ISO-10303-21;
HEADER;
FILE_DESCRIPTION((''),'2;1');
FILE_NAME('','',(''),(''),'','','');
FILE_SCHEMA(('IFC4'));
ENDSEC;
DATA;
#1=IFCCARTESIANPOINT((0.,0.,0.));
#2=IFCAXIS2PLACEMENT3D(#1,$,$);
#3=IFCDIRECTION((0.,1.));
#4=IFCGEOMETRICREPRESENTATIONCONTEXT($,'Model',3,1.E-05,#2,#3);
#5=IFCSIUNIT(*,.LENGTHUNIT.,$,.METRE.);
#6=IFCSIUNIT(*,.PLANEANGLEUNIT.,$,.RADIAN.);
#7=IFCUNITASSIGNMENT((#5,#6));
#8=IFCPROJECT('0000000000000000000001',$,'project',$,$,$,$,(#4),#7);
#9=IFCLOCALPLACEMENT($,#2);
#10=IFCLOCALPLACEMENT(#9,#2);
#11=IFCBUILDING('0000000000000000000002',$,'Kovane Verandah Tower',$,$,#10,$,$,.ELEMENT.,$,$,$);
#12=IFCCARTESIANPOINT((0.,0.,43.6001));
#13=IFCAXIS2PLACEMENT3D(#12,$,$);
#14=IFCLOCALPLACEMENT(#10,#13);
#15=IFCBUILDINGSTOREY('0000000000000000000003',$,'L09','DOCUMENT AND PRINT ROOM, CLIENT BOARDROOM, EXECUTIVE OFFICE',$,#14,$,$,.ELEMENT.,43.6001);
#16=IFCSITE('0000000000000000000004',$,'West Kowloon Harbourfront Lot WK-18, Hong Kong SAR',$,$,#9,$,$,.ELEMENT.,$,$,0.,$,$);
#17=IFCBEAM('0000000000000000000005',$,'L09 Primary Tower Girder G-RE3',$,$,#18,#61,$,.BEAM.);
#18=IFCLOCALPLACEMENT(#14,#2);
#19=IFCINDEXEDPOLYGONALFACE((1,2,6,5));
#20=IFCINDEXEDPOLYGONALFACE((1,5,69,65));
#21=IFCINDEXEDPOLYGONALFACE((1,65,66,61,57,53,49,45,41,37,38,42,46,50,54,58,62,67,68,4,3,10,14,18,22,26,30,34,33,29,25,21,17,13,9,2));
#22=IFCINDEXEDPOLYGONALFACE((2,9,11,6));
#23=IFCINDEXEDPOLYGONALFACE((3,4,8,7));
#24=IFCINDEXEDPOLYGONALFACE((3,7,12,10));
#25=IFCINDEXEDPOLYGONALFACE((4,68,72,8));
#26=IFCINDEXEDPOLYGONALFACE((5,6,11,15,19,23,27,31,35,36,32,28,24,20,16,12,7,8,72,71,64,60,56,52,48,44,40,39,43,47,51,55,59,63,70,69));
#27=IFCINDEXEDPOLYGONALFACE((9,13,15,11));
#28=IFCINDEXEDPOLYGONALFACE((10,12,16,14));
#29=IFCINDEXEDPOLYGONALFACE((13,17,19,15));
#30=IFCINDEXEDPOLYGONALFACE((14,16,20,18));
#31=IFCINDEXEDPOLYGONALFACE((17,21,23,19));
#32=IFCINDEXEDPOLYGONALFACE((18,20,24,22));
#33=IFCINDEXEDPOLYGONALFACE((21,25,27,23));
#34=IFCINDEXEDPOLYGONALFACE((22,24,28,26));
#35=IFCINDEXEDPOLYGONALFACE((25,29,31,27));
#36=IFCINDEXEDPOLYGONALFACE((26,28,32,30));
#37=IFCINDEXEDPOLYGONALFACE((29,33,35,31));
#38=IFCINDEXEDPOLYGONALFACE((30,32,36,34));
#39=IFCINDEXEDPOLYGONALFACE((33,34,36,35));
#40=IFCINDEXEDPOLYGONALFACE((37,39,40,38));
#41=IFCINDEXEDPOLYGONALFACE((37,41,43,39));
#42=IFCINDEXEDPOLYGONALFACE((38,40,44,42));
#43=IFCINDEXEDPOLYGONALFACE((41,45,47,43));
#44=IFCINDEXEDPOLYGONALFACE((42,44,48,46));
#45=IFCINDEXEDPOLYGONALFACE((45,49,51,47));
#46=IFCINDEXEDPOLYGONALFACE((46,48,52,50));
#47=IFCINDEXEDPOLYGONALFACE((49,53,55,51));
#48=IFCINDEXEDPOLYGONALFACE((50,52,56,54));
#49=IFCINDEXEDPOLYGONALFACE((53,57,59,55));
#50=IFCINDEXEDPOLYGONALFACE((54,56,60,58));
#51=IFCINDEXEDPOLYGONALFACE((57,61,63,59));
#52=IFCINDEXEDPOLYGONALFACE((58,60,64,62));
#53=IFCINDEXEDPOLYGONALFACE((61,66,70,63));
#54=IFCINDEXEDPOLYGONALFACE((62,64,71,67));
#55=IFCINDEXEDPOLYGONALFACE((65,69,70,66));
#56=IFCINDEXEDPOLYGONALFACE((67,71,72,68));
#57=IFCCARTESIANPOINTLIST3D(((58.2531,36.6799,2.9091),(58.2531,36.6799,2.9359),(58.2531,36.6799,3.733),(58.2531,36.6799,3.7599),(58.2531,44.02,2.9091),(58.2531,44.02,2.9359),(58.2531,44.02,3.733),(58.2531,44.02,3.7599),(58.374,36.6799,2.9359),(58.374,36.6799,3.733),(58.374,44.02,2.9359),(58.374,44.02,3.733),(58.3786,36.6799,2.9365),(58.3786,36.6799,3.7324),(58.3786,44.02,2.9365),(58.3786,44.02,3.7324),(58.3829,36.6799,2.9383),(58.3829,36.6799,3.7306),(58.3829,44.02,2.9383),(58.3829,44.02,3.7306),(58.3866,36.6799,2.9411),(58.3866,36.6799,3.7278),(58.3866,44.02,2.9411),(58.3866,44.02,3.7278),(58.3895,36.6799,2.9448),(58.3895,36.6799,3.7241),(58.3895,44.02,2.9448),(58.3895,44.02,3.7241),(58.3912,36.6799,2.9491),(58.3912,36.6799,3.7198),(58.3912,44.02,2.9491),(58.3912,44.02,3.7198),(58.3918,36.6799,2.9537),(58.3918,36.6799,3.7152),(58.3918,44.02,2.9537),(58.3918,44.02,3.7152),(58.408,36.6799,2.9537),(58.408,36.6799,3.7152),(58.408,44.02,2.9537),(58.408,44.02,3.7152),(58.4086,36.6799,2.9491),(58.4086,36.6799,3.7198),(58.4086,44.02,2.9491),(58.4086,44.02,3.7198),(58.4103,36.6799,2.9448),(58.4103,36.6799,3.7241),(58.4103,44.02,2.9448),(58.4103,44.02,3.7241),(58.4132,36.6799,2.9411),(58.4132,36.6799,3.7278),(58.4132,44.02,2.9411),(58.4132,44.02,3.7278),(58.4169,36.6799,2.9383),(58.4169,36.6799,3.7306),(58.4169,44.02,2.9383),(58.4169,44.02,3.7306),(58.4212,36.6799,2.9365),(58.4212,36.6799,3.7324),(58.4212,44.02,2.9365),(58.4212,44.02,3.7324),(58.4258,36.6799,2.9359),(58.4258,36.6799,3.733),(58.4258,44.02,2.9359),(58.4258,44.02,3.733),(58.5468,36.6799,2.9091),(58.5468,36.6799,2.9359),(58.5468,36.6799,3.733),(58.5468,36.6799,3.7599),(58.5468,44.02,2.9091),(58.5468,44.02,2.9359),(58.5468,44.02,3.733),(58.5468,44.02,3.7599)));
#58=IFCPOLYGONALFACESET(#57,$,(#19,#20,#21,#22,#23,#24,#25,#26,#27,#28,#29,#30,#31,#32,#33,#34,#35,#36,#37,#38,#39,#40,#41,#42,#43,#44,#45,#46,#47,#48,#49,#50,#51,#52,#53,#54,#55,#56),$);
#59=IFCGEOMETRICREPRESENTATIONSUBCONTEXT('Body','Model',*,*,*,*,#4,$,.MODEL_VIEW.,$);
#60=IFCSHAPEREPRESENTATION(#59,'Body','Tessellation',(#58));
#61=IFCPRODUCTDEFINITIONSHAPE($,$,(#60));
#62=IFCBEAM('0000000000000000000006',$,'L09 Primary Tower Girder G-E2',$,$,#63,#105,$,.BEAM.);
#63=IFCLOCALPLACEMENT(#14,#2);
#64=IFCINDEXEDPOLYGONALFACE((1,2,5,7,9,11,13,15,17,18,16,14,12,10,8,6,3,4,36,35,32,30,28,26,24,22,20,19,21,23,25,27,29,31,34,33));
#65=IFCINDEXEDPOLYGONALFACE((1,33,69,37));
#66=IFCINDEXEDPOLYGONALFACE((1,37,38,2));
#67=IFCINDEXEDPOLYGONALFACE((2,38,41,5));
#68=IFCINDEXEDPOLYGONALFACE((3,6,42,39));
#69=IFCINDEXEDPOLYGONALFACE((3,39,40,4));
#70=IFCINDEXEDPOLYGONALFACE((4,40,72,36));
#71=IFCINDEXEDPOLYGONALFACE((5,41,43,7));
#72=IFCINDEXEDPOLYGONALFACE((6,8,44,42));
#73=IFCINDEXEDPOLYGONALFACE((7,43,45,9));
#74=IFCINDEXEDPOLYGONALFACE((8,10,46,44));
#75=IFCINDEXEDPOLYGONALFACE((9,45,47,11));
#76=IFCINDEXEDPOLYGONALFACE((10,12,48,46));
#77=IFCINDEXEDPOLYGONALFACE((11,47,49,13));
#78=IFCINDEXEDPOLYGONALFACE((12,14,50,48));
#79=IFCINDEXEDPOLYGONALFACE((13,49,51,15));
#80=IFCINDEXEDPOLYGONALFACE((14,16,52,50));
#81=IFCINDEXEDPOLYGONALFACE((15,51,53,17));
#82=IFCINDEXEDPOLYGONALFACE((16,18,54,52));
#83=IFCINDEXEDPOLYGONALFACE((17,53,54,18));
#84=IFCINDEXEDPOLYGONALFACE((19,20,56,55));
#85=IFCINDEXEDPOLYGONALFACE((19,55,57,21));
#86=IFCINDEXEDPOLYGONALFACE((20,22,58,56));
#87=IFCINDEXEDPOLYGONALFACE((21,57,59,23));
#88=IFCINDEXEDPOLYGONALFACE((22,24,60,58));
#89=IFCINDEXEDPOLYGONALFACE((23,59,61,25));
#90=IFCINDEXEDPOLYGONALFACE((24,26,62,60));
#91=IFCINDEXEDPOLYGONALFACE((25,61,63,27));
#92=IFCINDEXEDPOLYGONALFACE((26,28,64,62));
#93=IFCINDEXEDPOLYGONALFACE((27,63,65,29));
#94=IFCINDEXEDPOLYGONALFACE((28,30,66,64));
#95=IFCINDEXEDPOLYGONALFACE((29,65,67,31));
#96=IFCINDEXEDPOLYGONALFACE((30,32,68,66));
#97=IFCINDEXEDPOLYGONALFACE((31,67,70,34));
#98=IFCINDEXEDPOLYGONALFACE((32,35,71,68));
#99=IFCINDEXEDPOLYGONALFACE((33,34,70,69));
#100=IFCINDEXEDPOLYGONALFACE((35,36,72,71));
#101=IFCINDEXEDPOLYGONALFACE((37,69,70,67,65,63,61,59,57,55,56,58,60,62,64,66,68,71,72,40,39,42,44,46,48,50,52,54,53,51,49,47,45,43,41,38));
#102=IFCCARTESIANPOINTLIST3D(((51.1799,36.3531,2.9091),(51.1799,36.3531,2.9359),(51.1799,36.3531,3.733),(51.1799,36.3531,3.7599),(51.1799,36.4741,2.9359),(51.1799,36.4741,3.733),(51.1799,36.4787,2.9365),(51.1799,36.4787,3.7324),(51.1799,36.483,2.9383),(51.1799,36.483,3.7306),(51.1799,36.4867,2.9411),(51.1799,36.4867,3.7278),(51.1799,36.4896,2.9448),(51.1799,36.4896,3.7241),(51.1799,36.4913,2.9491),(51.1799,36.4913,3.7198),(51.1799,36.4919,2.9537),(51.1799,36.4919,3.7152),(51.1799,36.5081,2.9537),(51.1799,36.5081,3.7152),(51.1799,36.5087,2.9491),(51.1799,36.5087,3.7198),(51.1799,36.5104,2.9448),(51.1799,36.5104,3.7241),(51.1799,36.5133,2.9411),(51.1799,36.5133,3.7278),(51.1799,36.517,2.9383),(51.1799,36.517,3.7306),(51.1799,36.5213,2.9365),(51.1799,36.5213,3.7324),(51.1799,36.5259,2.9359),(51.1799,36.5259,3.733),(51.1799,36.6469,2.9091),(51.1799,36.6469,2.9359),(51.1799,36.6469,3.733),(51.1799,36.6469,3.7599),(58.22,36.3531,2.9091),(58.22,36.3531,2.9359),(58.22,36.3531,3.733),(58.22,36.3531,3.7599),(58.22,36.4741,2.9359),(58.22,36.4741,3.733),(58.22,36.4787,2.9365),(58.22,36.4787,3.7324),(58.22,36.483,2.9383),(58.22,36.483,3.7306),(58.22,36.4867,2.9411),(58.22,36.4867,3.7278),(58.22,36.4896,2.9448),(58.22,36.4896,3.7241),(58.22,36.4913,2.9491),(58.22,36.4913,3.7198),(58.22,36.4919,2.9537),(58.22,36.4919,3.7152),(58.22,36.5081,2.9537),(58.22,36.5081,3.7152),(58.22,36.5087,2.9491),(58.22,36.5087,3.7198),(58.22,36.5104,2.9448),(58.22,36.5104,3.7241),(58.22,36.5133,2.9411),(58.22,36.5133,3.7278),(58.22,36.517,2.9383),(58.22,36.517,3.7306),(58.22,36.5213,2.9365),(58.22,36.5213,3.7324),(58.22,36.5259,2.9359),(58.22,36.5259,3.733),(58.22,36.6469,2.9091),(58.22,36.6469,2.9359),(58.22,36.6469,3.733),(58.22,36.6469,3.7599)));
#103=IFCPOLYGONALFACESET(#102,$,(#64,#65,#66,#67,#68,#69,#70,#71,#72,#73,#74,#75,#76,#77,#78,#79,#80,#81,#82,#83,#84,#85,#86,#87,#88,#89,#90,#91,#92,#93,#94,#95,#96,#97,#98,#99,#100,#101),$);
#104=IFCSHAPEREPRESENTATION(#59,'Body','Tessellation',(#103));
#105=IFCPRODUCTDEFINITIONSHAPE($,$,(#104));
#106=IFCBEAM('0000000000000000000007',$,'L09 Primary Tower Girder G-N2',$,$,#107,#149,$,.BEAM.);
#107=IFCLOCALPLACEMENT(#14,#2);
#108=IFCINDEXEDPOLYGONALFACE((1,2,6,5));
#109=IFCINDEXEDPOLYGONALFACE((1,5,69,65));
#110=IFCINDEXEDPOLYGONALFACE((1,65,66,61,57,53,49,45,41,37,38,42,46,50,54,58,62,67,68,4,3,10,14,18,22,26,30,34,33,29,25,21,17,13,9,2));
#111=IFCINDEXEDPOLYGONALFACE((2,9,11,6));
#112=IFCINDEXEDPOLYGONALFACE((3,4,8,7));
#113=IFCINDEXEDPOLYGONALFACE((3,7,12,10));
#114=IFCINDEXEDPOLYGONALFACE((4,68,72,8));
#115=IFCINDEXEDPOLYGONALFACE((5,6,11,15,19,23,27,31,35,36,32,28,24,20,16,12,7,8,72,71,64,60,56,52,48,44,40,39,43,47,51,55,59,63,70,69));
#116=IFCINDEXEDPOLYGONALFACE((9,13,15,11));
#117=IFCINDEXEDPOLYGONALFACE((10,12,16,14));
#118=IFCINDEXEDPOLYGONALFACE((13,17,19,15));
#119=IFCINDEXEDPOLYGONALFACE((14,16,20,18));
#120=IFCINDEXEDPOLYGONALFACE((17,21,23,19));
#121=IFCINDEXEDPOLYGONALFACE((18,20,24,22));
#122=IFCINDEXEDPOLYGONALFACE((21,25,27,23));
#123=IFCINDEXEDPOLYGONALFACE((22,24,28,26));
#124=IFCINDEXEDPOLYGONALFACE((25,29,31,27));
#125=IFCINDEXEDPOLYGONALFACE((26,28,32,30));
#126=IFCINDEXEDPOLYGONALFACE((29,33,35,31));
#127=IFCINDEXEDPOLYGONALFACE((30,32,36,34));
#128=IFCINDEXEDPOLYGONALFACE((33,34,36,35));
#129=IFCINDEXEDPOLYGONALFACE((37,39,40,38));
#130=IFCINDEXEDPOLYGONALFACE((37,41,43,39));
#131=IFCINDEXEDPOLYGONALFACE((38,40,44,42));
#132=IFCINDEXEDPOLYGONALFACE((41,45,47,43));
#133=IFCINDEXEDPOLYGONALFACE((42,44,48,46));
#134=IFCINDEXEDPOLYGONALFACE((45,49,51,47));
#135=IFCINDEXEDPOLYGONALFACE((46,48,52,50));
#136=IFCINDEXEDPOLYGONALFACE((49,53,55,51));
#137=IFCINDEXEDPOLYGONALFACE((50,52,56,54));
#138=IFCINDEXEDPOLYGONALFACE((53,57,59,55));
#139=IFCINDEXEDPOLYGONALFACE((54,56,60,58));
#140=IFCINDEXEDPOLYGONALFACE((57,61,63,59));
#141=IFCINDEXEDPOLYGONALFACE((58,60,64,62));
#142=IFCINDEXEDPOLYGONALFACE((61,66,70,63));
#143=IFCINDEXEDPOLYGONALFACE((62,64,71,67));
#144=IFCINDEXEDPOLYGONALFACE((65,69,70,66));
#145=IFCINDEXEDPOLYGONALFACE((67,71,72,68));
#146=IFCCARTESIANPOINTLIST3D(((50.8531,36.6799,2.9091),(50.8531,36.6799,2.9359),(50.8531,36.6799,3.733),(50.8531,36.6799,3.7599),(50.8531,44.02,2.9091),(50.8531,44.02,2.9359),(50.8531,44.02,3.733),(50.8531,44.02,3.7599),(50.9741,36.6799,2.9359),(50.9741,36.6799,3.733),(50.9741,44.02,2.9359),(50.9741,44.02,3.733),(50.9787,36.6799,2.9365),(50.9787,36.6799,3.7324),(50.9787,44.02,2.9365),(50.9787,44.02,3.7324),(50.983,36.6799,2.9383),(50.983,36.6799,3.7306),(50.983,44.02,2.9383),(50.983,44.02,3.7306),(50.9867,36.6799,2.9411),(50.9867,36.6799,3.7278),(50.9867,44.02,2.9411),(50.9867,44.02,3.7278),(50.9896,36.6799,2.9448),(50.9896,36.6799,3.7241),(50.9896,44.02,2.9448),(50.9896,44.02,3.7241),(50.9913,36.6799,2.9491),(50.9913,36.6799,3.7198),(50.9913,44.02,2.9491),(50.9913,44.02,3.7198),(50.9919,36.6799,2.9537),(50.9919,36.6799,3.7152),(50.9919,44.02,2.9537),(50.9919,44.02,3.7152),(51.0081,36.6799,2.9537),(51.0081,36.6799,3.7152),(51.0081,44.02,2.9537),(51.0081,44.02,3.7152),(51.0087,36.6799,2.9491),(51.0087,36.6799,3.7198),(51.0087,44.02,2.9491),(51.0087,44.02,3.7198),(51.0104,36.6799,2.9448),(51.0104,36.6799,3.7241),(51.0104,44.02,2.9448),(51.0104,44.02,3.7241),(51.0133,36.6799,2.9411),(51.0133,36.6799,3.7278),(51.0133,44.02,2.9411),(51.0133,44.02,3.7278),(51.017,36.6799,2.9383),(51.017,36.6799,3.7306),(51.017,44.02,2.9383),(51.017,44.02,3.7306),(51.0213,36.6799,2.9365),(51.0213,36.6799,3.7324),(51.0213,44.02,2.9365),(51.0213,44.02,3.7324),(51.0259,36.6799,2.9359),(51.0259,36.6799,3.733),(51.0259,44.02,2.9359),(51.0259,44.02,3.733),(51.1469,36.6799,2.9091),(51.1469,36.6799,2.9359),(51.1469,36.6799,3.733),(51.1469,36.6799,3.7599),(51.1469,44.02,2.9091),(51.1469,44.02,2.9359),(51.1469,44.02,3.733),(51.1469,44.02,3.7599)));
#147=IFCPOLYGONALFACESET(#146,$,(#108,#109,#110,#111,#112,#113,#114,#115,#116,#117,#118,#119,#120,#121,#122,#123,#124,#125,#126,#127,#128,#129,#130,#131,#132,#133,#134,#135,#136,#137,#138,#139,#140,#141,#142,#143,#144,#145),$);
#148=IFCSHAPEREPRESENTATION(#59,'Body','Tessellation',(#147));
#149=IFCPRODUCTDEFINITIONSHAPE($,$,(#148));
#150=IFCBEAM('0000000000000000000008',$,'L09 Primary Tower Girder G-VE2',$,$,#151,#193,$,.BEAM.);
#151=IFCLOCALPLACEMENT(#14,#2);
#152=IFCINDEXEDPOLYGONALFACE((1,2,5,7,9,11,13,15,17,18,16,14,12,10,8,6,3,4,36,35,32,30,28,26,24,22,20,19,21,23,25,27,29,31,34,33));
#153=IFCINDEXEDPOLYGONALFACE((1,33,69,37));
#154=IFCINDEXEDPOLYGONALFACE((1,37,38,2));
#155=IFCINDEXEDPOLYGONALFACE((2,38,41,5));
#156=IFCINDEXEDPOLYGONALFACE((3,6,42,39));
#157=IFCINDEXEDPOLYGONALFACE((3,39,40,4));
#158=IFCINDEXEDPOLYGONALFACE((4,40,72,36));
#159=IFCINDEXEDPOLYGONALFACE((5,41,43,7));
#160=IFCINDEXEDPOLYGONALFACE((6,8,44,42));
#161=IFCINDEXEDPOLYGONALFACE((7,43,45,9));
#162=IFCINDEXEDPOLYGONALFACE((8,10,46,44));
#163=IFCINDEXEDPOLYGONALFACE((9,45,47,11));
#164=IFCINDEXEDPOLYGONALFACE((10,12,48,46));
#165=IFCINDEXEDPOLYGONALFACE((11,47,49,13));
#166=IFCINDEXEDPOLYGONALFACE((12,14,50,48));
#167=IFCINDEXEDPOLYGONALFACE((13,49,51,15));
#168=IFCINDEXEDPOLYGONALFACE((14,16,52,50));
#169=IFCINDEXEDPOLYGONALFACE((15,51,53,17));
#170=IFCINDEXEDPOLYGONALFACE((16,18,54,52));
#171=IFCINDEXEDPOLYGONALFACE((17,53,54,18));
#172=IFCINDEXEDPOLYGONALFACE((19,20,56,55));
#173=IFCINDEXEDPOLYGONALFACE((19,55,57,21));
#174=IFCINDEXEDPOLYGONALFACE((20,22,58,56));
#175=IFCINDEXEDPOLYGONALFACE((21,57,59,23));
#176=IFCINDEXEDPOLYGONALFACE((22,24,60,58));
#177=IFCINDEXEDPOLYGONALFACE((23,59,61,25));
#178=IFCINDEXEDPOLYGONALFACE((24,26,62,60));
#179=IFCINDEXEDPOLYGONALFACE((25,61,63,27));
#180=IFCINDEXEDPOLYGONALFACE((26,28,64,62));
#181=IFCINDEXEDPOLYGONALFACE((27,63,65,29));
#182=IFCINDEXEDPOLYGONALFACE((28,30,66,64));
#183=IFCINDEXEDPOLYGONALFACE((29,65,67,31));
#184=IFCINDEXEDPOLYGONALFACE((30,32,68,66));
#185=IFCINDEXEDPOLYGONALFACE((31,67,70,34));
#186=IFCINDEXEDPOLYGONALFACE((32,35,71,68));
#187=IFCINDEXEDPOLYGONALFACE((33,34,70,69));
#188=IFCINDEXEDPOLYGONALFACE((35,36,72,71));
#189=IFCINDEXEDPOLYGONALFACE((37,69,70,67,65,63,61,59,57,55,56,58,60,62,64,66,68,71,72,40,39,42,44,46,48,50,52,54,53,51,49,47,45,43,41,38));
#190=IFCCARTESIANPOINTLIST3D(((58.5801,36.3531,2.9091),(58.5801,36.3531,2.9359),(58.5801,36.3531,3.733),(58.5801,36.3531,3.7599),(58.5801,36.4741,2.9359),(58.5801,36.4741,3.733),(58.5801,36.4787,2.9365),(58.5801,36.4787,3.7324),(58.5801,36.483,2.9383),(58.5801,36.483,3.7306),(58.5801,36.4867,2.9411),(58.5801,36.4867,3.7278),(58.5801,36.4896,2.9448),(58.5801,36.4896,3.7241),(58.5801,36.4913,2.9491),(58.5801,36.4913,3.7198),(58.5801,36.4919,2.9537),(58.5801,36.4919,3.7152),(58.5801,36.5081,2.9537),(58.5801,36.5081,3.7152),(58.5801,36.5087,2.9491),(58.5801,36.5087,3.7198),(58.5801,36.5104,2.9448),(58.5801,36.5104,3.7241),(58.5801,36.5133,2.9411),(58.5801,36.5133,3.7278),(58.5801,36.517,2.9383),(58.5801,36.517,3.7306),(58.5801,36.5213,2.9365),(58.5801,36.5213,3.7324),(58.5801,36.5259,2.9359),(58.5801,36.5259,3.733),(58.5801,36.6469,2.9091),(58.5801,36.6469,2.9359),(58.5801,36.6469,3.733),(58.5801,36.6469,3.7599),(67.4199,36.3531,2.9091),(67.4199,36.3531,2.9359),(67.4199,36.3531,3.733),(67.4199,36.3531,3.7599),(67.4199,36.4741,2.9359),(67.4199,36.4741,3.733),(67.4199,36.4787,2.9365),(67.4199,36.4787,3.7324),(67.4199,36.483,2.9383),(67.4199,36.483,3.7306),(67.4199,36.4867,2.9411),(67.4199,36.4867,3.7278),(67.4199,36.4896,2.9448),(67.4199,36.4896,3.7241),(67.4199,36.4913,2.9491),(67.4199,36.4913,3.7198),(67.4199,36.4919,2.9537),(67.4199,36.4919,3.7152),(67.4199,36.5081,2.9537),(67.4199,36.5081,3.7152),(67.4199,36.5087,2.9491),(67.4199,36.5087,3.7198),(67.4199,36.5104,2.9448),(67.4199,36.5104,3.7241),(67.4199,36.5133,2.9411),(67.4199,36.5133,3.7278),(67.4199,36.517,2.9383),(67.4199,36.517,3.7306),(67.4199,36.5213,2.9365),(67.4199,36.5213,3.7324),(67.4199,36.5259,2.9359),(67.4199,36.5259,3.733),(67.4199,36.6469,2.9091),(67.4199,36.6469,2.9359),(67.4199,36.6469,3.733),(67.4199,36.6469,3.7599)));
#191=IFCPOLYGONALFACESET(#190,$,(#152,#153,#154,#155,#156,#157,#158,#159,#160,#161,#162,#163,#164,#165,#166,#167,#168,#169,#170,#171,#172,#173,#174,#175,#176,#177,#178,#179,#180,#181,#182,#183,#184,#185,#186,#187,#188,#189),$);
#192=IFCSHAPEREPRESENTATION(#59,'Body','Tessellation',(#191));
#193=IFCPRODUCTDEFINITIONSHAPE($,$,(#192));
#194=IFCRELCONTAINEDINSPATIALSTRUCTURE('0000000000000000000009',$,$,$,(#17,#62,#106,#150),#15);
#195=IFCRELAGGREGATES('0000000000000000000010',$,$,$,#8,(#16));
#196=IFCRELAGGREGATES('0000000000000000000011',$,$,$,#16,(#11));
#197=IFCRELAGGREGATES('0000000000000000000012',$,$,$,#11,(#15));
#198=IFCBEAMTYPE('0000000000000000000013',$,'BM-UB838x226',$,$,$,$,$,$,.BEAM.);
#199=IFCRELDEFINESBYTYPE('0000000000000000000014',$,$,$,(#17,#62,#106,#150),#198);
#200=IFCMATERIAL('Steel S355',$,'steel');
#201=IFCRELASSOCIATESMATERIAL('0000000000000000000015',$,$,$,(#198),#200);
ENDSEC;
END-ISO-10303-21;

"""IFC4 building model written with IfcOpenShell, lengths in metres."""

from ifc_helpers import new_model, si_unit, direction, frame, origin, origin_2d, place, context, subcontext, project, spatial, i_section, extrude, material, material_profile, profile_set, type_object, element, save


model = new_model("IFC4")

# Units and contexts
model_context = context("Model", 3, precision=1e-05, world=origin(), true_north=direction((0.0, 1.0)))
body_context = subcontext(model_context, "Body", "Model", "MODEL_VIEW")
ifc_project = project(units=[si_unit("LENGTHUNIT", "METRE"), si_unit("PLANEANGLEUNIT", "RADIAN")], contexts=[model_context])

# Site, building, storey
site_placement = place(None, origin())
site = spatial("IfcSite", under=ifc_project, at=site_placement, Name="West Kowloon Harbourfront Lot WK-18, Hong Kong SAR", CompositionType="ELEMENT", RefElevation=0.0)
building_placement = place(site_placement, origin())
building = spatial("IfcBuilding", under=site, at=building_placement, Name="Kovane Verandah Tower", CompositionType="ELEMENT")
storey_placement = place(building_placement, frame((0.0, 0.0, 43.6001)))
storey = spatial("IfcBuildingStorey", under=building, at=storey_placement, Name="L09", Description="DOCUMENT AND PRINT ROOM, CLIENT BOARDROOM, EXECUTIVE OFFICE", CompositionType="ELEMENT", Elevation=43.6001)

# Beams
ifc_material_1 = material(Name="Steel S355", Category="steel")
ifc_material_profile_1 = material_profile(ifc_material_1, i_section(OverallWidth=0.2937, OverallDepth=0.8508, WebThickness=0.0161, FlangeThickness=0.0269, FilletRadius=0.0178, at=origin_2d()), Name="UB838x292x226")
ifc_profile_set_1 = profile_set([ifc_material_profile_1], Name="Steel S355")
beam_type_1 = type_object("IfcBeamType", Name="BM-UB838x226", PredefinedType="BEAM", material=ifc_profile_set_1)
beam_1_placement = place(storey_placement, frame((58.3999, 36.6799, 3.3345), z_axis=(0.0, 1.0, 0.0), x_axis=(-1.0, 0.0, 0.0)))
element("IfcBeam", 1, at=beam_1_placement, inside=storey, type_object=beam_type_1, Name="L09 Primary Tower Girder G-RE3", PredefinedType="BEAM", context=body_context, shape_type="SweptSolid", body=[
    extrude(i_section(OverallWidth=0.2937, OverallDepth=0.8508, WebThickness=0.0161, FlangeThickness=0.0269, FilletRadius=0.0178, at=origin_2d()), origin(), (0.0, 0.0, 1.0), 7.3401),
])
beam_2_placement = place(storey_placement, frame((51.1799, 36.5, 3.3345), z_axis=(1.0, 0.0, 0.0), x_axis=(0.0, 1.0, 0.0)))
element("IfcBeam", 2, at=beam_2_placement, inside=storey, type_object=beam_type_1, Name="L09 Primary Tower Girder G-E2", PredefinedType="BEAM", context=body_context, shape_type="SweptSolid", body=[
    extrude(i_section(OverallWidth=0.2937, OverallDepth=0.8508, WebThickness=0.0161, FlangeThickness=0.0269, FilletRadius=0.0178, at=origin_2d()), origin(), (0.0, 0.0, 1.0), 7.04),
])
beam_3_placement = place(storey_placement, frame((51.0, 36.6799, 3.3345), z_axis=(0.0, 1.0, 0.0), x_axis=(-1.0, 0.0, 0.0)))
element("IfcBeam", 3, at=beam_3_placement, inside=storey, type_object=beam_type_1, Name="L09 Primary Tower Girder G-N2", PredefinedType="BEAM", context=body_context, shape_type="SweptSolid", body=[
    extrude(i_section(OverallWidth=0.2937, OverallDepth=0.8508, WebThickness=0.0161, FlangeThickness=0.0269, FilletRadius=0.0178, at=origin_2d()), origin(), (0.0, 0.0, 1.0), 7.3401),
])
beam_4_placement = place(storey_placement, frame((58.5801, 36.5, 3.3345), z_axis=(1.0, 0.0, 0.0), x_axis=(0.0, 1.0, 0.0)))
element("IfcBeam", 4, at=beam_4_placement, inside=storey, type_object=beam_type_1, Name="L09 Primary Tower Girder G-VE2", PredefinedType="BEAM", context=body_context, shape_type="SweptSolid", body=[
    extrude(i_section(OverallWidth=0.2937, OverallDepth=0.8508, WebThickness=0.0161, FlangeThickness=0.0269, FilletRadius=0.0178, at=origin_2d()), origin(), (0.0, 0.0, 1.0), 8.8398),
])

save(model, "model.ifc")
